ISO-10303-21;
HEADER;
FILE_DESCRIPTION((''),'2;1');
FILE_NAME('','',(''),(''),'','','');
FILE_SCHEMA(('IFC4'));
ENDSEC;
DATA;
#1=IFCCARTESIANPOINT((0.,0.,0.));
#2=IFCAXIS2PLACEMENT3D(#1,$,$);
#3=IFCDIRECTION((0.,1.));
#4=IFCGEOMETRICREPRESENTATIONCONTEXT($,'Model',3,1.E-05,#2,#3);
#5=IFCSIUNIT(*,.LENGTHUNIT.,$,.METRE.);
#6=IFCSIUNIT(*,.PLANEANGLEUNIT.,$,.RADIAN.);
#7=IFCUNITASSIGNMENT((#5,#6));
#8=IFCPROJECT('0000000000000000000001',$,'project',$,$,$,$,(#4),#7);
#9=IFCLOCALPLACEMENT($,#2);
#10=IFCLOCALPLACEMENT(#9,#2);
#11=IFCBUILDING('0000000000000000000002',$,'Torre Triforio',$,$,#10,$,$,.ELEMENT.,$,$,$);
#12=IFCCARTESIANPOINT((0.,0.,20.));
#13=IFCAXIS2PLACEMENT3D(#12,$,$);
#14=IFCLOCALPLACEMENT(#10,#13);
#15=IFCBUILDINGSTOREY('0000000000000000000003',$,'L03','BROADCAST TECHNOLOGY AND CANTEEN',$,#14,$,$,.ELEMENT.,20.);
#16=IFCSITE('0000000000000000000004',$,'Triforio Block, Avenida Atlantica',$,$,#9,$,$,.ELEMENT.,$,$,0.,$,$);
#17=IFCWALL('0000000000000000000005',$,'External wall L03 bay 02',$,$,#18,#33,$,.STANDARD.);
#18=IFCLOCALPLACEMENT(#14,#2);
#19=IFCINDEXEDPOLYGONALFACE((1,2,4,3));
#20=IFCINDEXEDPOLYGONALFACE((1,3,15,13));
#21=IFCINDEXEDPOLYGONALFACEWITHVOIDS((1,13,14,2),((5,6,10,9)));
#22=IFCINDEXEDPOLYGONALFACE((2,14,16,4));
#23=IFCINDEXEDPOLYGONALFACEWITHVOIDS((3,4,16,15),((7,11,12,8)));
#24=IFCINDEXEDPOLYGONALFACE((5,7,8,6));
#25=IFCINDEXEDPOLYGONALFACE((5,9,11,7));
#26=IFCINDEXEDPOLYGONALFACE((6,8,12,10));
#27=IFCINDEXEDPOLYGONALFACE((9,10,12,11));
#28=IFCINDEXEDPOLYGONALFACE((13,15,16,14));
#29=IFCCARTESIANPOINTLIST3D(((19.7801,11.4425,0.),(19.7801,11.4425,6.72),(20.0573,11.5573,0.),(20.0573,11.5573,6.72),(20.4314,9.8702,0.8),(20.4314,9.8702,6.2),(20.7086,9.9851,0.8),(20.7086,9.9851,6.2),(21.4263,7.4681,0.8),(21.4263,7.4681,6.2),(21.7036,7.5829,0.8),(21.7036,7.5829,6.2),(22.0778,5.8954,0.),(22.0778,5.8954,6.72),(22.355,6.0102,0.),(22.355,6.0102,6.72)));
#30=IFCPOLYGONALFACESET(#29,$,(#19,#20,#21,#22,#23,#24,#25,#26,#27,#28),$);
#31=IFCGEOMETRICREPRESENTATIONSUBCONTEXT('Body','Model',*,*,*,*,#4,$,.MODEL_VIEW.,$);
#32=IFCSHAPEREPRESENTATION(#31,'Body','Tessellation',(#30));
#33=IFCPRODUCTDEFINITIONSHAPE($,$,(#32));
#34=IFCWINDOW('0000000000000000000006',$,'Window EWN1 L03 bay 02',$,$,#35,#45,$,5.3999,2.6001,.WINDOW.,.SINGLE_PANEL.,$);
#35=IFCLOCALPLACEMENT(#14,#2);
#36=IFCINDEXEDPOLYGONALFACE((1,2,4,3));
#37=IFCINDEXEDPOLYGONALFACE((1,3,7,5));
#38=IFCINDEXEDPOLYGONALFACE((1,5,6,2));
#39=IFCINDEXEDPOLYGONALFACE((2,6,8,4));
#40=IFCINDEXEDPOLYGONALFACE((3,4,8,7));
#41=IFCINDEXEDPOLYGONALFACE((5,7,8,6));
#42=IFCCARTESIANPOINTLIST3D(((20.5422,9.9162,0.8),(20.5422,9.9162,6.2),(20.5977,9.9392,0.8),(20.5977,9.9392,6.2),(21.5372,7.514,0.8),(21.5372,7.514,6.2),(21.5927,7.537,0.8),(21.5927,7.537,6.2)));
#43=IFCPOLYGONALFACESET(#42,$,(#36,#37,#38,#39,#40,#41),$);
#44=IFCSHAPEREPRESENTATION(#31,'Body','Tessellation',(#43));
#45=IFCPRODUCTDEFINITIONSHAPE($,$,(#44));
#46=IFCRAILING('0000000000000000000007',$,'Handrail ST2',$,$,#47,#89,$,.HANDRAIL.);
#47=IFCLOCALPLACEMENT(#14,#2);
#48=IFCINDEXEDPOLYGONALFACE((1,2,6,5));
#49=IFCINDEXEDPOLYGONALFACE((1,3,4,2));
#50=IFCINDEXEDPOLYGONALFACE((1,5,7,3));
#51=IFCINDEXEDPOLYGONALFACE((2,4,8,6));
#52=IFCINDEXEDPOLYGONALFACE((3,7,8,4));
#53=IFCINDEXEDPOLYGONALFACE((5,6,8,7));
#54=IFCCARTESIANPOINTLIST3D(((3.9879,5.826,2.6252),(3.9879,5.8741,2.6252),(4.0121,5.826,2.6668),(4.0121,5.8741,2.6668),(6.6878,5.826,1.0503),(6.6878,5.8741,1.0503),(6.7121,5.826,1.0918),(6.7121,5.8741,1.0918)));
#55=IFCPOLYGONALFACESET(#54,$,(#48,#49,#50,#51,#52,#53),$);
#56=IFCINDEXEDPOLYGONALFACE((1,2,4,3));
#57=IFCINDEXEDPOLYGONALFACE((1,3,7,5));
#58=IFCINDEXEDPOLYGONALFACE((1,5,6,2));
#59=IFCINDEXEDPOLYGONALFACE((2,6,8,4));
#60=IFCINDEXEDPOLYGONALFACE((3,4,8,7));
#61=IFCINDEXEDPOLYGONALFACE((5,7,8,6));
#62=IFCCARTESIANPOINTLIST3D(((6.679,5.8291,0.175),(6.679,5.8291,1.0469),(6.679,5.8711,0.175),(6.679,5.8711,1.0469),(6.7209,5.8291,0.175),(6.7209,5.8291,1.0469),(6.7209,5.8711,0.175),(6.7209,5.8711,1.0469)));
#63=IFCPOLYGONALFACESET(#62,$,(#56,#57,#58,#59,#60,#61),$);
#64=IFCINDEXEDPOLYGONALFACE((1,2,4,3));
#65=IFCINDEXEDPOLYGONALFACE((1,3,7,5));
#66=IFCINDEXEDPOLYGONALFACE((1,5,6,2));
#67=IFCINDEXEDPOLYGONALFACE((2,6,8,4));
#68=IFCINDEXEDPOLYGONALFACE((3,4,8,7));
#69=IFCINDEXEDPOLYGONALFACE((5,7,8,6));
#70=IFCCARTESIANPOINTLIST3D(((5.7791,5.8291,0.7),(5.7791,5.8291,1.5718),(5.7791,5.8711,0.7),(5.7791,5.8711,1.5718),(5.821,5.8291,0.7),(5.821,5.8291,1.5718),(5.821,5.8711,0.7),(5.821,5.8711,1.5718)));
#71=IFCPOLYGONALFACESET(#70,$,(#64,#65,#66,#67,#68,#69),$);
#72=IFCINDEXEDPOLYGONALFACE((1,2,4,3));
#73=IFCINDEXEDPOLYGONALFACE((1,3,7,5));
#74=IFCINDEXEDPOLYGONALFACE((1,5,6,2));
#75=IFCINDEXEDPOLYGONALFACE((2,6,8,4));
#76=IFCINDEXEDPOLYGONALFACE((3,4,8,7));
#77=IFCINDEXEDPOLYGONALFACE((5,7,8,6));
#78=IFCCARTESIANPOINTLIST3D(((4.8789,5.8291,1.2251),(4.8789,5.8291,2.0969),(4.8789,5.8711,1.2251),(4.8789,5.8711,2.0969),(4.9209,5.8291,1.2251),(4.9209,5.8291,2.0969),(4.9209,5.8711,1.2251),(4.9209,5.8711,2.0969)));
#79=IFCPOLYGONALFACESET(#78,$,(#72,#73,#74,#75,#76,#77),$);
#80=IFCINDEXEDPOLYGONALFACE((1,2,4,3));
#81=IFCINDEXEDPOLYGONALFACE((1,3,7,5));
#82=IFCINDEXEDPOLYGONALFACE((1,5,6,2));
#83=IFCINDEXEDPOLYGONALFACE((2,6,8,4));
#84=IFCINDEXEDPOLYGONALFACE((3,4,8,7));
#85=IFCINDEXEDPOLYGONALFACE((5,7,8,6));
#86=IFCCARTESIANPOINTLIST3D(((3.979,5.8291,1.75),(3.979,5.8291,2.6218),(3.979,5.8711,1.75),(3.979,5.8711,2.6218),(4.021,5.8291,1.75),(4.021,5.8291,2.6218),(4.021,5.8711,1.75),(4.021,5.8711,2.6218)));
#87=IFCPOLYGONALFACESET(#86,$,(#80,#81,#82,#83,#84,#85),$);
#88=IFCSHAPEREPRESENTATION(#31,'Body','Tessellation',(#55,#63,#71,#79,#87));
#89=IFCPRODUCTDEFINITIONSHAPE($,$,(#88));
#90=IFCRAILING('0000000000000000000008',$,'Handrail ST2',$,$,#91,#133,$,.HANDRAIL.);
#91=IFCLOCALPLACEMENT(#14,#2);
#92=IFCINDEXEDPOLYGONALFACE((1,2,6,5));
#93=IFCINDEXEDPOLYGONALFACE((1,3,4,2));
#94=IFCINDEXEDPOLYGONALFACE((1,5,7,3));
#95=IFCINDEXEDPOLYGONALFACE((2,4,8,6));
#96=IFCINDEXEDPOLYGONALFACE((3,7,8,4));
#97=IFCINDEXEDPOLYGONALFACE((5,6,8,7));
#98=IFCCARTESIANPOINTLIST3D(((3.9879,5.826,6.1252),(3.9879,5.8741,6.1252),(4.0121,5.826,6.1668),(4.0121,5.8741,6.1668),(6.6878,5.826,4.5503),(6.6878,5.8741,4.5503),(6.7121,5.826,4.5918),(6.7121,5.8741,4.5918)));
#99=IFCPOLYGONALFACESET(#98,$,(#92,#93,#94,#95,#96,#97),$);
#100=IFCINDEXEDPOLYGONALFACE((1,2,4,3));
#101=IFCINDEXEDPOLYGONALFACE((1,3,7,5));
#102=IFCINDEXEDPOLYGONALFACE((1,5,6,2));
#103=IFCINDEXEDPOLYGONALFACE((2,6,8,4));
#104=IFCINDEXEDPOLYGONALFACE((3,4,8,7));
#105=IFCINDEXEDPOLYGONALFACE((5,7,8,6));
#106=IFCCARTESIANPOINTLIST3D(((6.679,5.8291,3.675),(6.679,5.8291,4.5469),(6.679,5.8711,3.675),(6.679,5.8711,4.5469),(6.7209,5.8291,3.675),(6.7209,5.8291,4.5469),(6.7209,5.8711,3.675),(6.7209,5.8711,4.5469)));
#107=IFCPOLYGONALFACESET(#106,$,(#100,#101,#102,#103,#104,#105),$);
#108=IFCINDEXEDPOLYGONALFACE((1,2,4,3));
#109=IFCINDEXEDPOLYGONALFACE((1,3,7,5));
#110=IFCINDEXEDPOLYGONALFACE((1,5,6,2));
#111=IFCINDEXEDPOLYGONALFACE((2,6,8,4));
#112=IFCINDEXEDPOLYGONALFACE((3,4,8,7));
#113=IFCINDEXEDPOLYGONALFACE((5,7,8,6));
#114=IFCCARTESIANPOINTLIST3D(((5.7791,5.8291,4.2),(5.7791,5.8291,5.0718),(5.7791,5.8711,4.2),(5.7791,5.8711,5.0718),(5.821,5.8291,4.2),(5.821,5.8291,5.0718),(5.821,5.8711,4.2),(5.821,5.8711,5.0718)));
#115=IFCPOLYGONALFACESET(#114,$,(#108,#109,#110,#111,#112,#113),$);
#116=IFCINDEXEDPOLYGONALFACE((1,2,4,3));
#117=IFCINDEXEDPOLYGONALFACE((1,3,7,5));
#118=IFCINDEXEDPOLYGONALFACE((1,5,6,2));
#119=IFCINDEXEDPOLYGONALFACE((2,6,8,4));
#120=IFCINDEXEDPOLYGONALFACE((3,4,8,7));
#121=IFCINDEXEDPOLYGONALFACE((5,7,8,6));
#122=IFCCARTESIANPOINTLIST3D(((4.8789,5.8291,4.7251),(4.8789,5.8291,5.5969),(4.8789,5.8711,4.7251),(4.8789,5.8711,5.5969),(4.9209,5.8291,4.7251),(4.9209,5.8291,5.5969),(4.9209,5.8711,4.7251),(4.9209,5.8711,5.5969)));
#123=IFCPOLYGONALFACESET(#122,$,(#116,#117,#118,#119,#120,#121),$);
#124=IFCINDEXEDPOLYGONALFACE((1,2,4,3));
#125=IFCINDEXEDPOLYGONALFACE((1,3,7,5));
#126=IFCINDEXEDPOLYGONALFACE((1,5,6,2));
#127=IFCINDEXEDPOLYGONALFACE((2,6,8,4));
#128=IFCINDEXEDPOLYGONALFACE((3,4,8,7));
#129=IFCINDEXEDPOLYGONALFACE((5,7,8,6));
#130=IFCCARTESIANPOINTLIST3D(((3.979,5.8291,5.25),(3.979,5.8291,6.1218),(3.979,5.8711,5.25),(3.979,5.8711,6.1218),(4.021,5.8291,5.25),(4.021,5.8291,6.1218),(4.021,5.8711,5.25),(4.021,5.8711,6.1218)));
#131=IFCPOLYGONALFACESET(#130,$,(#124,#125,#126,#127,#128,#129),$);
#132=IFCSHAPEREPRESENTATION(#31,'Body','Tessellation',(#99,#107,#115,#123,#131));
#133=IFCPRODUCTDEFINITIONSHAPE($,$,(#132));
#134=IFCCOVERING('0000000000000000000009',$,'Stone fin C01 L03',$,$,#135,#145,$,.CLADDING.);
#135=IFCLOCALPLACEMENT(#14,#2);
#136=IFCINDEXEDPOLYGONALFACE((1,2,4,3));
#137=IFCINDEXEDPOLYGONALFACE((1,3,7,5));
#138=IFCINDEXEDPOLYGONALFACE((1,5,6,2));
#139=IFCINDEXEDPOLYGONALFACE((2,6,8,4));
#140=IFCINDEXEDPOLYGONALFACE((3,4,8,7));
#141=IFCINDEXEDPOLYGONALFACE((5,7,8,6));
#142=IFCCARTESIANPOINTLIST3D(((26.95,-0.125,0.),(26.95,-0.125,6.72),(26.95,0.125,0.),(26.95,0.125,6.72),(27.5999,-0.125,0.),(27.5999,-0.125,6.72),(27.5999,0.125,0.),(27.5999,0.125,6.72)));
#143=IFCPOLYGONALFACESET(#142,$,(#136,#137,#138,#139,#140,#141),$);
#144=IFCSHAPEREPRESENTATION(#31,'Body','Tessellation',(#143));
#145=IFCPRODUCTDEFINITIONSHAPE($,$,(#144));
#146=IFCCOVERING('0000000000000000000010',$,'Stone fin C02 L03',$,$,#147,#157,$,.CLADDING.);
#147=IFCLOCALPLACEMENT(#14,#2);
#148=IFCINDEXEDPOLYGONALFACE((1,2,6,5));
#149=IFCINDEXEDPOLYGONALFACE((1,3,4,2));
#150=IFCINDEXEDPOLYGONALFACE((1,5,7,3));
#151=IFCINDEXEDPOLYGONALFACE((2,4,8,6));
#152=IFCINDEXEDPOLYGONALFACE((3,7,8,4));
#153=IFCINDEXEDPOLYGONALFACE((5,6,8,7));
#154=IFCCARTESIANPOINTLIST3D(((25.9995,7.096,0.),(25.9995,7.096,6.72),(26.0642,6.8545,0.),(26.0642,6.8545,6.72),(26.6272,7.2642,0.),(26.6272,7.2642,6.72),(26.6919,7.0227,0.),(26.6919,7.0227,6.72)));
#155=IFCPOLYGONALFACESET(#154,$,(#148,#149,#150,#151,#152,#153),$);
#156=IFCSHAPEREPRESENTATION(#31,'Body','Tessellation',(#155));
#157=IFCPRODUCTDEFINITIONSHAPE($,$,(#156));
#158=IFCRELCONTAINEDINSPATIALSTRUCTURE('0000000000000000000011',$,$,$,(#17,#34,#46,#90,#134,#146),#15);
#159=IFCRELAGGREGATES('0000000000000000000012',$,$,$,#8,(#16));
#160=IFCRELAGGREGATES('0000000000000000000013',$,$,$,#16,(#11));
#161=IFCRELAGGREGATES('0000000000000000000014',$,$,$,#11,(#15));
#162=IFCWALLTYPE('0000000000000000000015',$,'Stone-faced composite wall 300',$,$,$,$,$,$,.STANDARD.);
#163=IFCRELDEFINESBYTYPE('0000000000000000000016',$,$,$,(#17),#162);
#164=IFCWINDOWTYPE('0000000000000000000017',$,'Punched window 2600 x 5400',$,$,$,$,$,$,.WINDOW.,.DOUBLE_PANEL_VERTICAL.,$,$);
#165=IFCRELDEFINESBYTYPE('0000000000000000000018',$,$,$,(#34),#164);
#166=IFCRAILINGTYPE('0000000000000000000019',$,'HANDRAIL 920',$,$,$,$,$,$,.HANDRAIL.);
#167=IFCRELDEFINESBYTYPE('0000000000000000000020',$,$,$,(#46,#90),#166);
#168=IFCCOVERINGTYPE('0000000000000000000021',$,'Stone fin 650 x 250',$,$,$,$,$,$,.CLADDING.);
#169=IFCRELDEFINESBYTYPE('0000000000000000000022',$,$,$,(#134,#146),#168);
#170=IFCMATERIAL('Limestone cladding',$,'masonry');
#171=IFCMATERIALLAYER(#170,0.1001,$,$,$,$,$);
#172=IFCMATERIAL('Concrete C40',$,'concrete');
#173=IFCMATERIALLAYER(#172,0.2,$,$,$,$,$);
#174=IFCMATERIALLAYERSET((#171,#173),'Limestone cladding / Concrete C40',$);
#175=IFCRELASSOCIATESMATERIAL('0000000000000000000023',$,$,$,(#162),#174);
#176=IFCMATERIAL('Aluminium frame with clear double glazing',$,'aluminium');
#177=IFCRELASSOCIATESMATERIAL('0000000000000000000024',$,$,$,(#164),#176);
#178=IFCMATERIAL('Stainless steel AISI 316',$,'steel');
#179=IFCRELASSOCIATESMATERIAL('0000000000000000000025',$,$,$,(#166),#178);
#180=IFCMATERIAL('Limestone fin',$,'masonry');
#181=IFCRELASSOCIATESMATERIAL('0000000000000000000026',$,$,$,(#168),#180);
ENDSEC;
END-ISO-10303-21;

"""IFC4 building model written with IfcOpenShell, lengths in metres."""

from ifc_helpers import new_model, si_unit, direction, frame, frame_2d, origin, origin_2d, place, context, subcontext, project, spatial, rectangle, extrude, material, layer, layer_set, material_profile, profile_set, type_object, element, fill, save


model = new_model("IFC4")

# Units and contexts
model_context = context("Model", 3, precision=1e-05, world=origin(), true_north=direction((0.0, 1.0)))
body_context = subcontext(model_context, "Body", "Model", "MODEL_VIEW")
ifc_project = project(units=[si_unit("LENGTHUNIT", "METRE"), si_unit("PLANEANGLEUNIT", "RADIAN")], contexts=[model_context])

# Site, building, storey
site_placement = place(None, origin())
site = spatial("IfcSite", under=ifc_project, at=site_placement, Name="Triforio Block, Avenida Atlantica", CompositionType="ELEMENT", RefElevation=0.0)
building_placement = place(site_placement, origin())
building = spatial("IfcBuilding", under=site, at=building_placement, Name="Torre Triforio", CompositionType="ELEMENT")
storey_placement = place(building_placement, frame((0.0, 0.0, 20.0)))
storey = spatial("IfcBuildingStorey", under=building, at=storey_placement, Name="L03", Description="BROADCAST TECHNOLOGY AND CANTEEN", CompositionType="ELEMENT", Elevation=20.0)

# Shared definitions
ifc_material_1 = material(Name="Limestone cladding", Category="masonry")
ifc_material_2 = material(Name="Concrete C40", Category="concrete")

# Shared definitions
ifc_layer_1 = layer(ifc_material_1, 0.1001)
ifc_layer_2 = layer(ifc_material_2, 0.2)
ifc_layer_set_1 = layer_set([ifc_layer_1, ifc_layer_2], Name="Limestone cladding / Concrete C40")
wall_type_1 = type_object("IfcWallType", Name="Stone-faced composite wall 300", PredefinedType="STANDARD", material=ifc_layer_set_1)

# Wall, opening, window
wall_1_placement = place(storey_placement, frame((22.2163, 5.9529, 0.0), z_axis=(0.0, 0.0, 1.0), x_axis=(-0.382671, 0.923885, 0.0)))
wall_1 = element("IfcWall", 1, at=wall_1_placement, inside=storey, type_object=wall_type_1, Name="External wall L03 bay 02", PredefinedType="STANDARD", context=body_context, shape_type="SweptSolid", body=[
    extrude(rectangle(XDim=6.0042, YDim=0.3, at=frame_2d((3.002, 0.0))), origin(), (0.0, 0.0, 1.0), 6.72),
])
opening_1_placement = place(wall_1_placement, frame((1.7021, 0.0, 0.8)))
opening_1 = element("IfcOpeningElement", 2, at=opening_1_placement, cuts=wall_1, PredefinedType="OPENING", context=body_context, shape_type="SweptSolid", body=[
    extrude(rectangle(XDim=2.6001, YDim=5.3999, at=frame_2d((1.3, 2.7))), frame((0.0, 0.1599, 0.0), z_axis=(0.0, -1.0, 0.0), x_axis=(1.0, 0.0, 0.0)), (0.0, 0.0, 1.0), 0.3201),
])
ifc_material_3 = material(Name="Aluminium frame with clear double glazing", Category="aluminium")
window_type = type_object("IfcWindowType", Name="Punched window 2600 x 5400", PartitioningType="DOUBLE_PANEL_VERTICAL", PredefinedType="WINDOW", material=ifc_material_3)
window_placement = place(opening_1_placement, origin())
window = element("IfcWindow", 3, at=window_placement, inside=storey, type_object=window_type, Name="Window EWN1 L03 bay 02", OverallHeight=5.3999, OverallWidth=2.6001, PartitioningType="SINGLE_PANEL", PredefinedType="WINDOW", context=body_context, shape_type="SweptSolid", body=[
    extrude(rectangle(XDim=2.6001, YDim=5.3999, at=frame_2d((1.3, 2.7))), frame((0.0, 0.03, 0.0), z_axis=(0.0, -1.0, 0.0), x_axis=(1.0, 0.0, 0.0)), (0.0, 0.0, 1.0), 0.0601),
])
fill(opening_1, window)

# Railings
ifc_material_4 = material(Name="Stainless steel AISI 316", Category="steel")
railing_type = type_object("IfcRailingType", Name="HANDRAIL 920", PredefinedType="HANDRAIL", material=ifc_material_4)
for number, where, name in (
    (4, (6.7, 5.8501, 0.175), "Handrail ST2"),
    (5, (6.7, 5.8501, 3.675), "Handrail ST2"),
):
    element("IfcRailing", number, at=place(storey_placement, frame(where)), inside=storey, type_object=railing_type, Name=name, PredefinedType="HANDRAIL", context=body_context, shape_type="SweptSolid", body=[
        extrude(rectangle(XDim=0.0481, YDim=0.0481, at=origin_2d()), frame((0.0, 0.0, 0.896), z_axis=(-0.863782, 0.0, 0.503866), x_axis=(0.0, -1.0, 0.0)), (0.0, 0.0, 1.0), 3.1257),
        extrude(rectangle(XDim=0.042, YDim=0.042, at=origin_2d()), origin(), (0.0, 0.0, 1.0), 0.8718),
        extrude(rectangle(XDim=0.042, YDim=0.042, at=origin_2d()), frame((-0.8999, 0.0, 0.5249)), (0.0, 0.0, 1.0), 0.8718),
        extrude(rectangle(XDim=0.042, YDim=0.042, at=origin_2d()), frame((-1.8, 0.0, 1.05)), (0.0, 0.0, 1.0), 0.8718),
        extrude(rectangle(XDim=0.042, YDim=0.042, at=origin_2d()), frame((-2.7, 0.0, 1.575)), (0.0, 0.0, 1.0), 0.8718),
    ])

# Coverings
ifc_material_5 = material(Name="Limestone fin", Category="masonry")
ifc_material_profile_1 = material_profile(ifc_material_5, rectangle(XDim=0.6499, YDim=0.25, at=origin_2d()), Name="FIN 650x250")
ifc_profile_set_1 = profile_set([ifc_material_profile_1], Name="Limestone fin")
covering_type = type_object("IfcCoveringType", Name="Stone fin 650 x 250", PredefinedType="CLADDING", material=ifc_profile_set_1)
for number, where, z_axis, x_axis, name in (
    (6, (27.2749, 0.0, 0.0), (0.0, 0.0, 1.0), (1.0, 0.0, 0.0), "Stone fin C01 L03"),
    (7, (26.3457, 7.0593, 0.0), (0.0, 0.0, 1.0), (0.965926, 0.258819, 0.0), "Stone fin C02 L03"),
):
    element("IfcCovering", number, at=place(storey_placement, frame(where, z_axis=z_axis, x_axis=x_axis)), inside=storey, type_object=covering_type, Name=name, PredefinedType="CLADDING", context=body_context, shape_type="SweptSolid", body=[
        extrude(rectangle(XDim=0.6499, YDim=0.25, at=origin_2d()), origin(), (0.0, 0.0, 1.0), 6.72),
    ])

save(model, "model.ifc")
